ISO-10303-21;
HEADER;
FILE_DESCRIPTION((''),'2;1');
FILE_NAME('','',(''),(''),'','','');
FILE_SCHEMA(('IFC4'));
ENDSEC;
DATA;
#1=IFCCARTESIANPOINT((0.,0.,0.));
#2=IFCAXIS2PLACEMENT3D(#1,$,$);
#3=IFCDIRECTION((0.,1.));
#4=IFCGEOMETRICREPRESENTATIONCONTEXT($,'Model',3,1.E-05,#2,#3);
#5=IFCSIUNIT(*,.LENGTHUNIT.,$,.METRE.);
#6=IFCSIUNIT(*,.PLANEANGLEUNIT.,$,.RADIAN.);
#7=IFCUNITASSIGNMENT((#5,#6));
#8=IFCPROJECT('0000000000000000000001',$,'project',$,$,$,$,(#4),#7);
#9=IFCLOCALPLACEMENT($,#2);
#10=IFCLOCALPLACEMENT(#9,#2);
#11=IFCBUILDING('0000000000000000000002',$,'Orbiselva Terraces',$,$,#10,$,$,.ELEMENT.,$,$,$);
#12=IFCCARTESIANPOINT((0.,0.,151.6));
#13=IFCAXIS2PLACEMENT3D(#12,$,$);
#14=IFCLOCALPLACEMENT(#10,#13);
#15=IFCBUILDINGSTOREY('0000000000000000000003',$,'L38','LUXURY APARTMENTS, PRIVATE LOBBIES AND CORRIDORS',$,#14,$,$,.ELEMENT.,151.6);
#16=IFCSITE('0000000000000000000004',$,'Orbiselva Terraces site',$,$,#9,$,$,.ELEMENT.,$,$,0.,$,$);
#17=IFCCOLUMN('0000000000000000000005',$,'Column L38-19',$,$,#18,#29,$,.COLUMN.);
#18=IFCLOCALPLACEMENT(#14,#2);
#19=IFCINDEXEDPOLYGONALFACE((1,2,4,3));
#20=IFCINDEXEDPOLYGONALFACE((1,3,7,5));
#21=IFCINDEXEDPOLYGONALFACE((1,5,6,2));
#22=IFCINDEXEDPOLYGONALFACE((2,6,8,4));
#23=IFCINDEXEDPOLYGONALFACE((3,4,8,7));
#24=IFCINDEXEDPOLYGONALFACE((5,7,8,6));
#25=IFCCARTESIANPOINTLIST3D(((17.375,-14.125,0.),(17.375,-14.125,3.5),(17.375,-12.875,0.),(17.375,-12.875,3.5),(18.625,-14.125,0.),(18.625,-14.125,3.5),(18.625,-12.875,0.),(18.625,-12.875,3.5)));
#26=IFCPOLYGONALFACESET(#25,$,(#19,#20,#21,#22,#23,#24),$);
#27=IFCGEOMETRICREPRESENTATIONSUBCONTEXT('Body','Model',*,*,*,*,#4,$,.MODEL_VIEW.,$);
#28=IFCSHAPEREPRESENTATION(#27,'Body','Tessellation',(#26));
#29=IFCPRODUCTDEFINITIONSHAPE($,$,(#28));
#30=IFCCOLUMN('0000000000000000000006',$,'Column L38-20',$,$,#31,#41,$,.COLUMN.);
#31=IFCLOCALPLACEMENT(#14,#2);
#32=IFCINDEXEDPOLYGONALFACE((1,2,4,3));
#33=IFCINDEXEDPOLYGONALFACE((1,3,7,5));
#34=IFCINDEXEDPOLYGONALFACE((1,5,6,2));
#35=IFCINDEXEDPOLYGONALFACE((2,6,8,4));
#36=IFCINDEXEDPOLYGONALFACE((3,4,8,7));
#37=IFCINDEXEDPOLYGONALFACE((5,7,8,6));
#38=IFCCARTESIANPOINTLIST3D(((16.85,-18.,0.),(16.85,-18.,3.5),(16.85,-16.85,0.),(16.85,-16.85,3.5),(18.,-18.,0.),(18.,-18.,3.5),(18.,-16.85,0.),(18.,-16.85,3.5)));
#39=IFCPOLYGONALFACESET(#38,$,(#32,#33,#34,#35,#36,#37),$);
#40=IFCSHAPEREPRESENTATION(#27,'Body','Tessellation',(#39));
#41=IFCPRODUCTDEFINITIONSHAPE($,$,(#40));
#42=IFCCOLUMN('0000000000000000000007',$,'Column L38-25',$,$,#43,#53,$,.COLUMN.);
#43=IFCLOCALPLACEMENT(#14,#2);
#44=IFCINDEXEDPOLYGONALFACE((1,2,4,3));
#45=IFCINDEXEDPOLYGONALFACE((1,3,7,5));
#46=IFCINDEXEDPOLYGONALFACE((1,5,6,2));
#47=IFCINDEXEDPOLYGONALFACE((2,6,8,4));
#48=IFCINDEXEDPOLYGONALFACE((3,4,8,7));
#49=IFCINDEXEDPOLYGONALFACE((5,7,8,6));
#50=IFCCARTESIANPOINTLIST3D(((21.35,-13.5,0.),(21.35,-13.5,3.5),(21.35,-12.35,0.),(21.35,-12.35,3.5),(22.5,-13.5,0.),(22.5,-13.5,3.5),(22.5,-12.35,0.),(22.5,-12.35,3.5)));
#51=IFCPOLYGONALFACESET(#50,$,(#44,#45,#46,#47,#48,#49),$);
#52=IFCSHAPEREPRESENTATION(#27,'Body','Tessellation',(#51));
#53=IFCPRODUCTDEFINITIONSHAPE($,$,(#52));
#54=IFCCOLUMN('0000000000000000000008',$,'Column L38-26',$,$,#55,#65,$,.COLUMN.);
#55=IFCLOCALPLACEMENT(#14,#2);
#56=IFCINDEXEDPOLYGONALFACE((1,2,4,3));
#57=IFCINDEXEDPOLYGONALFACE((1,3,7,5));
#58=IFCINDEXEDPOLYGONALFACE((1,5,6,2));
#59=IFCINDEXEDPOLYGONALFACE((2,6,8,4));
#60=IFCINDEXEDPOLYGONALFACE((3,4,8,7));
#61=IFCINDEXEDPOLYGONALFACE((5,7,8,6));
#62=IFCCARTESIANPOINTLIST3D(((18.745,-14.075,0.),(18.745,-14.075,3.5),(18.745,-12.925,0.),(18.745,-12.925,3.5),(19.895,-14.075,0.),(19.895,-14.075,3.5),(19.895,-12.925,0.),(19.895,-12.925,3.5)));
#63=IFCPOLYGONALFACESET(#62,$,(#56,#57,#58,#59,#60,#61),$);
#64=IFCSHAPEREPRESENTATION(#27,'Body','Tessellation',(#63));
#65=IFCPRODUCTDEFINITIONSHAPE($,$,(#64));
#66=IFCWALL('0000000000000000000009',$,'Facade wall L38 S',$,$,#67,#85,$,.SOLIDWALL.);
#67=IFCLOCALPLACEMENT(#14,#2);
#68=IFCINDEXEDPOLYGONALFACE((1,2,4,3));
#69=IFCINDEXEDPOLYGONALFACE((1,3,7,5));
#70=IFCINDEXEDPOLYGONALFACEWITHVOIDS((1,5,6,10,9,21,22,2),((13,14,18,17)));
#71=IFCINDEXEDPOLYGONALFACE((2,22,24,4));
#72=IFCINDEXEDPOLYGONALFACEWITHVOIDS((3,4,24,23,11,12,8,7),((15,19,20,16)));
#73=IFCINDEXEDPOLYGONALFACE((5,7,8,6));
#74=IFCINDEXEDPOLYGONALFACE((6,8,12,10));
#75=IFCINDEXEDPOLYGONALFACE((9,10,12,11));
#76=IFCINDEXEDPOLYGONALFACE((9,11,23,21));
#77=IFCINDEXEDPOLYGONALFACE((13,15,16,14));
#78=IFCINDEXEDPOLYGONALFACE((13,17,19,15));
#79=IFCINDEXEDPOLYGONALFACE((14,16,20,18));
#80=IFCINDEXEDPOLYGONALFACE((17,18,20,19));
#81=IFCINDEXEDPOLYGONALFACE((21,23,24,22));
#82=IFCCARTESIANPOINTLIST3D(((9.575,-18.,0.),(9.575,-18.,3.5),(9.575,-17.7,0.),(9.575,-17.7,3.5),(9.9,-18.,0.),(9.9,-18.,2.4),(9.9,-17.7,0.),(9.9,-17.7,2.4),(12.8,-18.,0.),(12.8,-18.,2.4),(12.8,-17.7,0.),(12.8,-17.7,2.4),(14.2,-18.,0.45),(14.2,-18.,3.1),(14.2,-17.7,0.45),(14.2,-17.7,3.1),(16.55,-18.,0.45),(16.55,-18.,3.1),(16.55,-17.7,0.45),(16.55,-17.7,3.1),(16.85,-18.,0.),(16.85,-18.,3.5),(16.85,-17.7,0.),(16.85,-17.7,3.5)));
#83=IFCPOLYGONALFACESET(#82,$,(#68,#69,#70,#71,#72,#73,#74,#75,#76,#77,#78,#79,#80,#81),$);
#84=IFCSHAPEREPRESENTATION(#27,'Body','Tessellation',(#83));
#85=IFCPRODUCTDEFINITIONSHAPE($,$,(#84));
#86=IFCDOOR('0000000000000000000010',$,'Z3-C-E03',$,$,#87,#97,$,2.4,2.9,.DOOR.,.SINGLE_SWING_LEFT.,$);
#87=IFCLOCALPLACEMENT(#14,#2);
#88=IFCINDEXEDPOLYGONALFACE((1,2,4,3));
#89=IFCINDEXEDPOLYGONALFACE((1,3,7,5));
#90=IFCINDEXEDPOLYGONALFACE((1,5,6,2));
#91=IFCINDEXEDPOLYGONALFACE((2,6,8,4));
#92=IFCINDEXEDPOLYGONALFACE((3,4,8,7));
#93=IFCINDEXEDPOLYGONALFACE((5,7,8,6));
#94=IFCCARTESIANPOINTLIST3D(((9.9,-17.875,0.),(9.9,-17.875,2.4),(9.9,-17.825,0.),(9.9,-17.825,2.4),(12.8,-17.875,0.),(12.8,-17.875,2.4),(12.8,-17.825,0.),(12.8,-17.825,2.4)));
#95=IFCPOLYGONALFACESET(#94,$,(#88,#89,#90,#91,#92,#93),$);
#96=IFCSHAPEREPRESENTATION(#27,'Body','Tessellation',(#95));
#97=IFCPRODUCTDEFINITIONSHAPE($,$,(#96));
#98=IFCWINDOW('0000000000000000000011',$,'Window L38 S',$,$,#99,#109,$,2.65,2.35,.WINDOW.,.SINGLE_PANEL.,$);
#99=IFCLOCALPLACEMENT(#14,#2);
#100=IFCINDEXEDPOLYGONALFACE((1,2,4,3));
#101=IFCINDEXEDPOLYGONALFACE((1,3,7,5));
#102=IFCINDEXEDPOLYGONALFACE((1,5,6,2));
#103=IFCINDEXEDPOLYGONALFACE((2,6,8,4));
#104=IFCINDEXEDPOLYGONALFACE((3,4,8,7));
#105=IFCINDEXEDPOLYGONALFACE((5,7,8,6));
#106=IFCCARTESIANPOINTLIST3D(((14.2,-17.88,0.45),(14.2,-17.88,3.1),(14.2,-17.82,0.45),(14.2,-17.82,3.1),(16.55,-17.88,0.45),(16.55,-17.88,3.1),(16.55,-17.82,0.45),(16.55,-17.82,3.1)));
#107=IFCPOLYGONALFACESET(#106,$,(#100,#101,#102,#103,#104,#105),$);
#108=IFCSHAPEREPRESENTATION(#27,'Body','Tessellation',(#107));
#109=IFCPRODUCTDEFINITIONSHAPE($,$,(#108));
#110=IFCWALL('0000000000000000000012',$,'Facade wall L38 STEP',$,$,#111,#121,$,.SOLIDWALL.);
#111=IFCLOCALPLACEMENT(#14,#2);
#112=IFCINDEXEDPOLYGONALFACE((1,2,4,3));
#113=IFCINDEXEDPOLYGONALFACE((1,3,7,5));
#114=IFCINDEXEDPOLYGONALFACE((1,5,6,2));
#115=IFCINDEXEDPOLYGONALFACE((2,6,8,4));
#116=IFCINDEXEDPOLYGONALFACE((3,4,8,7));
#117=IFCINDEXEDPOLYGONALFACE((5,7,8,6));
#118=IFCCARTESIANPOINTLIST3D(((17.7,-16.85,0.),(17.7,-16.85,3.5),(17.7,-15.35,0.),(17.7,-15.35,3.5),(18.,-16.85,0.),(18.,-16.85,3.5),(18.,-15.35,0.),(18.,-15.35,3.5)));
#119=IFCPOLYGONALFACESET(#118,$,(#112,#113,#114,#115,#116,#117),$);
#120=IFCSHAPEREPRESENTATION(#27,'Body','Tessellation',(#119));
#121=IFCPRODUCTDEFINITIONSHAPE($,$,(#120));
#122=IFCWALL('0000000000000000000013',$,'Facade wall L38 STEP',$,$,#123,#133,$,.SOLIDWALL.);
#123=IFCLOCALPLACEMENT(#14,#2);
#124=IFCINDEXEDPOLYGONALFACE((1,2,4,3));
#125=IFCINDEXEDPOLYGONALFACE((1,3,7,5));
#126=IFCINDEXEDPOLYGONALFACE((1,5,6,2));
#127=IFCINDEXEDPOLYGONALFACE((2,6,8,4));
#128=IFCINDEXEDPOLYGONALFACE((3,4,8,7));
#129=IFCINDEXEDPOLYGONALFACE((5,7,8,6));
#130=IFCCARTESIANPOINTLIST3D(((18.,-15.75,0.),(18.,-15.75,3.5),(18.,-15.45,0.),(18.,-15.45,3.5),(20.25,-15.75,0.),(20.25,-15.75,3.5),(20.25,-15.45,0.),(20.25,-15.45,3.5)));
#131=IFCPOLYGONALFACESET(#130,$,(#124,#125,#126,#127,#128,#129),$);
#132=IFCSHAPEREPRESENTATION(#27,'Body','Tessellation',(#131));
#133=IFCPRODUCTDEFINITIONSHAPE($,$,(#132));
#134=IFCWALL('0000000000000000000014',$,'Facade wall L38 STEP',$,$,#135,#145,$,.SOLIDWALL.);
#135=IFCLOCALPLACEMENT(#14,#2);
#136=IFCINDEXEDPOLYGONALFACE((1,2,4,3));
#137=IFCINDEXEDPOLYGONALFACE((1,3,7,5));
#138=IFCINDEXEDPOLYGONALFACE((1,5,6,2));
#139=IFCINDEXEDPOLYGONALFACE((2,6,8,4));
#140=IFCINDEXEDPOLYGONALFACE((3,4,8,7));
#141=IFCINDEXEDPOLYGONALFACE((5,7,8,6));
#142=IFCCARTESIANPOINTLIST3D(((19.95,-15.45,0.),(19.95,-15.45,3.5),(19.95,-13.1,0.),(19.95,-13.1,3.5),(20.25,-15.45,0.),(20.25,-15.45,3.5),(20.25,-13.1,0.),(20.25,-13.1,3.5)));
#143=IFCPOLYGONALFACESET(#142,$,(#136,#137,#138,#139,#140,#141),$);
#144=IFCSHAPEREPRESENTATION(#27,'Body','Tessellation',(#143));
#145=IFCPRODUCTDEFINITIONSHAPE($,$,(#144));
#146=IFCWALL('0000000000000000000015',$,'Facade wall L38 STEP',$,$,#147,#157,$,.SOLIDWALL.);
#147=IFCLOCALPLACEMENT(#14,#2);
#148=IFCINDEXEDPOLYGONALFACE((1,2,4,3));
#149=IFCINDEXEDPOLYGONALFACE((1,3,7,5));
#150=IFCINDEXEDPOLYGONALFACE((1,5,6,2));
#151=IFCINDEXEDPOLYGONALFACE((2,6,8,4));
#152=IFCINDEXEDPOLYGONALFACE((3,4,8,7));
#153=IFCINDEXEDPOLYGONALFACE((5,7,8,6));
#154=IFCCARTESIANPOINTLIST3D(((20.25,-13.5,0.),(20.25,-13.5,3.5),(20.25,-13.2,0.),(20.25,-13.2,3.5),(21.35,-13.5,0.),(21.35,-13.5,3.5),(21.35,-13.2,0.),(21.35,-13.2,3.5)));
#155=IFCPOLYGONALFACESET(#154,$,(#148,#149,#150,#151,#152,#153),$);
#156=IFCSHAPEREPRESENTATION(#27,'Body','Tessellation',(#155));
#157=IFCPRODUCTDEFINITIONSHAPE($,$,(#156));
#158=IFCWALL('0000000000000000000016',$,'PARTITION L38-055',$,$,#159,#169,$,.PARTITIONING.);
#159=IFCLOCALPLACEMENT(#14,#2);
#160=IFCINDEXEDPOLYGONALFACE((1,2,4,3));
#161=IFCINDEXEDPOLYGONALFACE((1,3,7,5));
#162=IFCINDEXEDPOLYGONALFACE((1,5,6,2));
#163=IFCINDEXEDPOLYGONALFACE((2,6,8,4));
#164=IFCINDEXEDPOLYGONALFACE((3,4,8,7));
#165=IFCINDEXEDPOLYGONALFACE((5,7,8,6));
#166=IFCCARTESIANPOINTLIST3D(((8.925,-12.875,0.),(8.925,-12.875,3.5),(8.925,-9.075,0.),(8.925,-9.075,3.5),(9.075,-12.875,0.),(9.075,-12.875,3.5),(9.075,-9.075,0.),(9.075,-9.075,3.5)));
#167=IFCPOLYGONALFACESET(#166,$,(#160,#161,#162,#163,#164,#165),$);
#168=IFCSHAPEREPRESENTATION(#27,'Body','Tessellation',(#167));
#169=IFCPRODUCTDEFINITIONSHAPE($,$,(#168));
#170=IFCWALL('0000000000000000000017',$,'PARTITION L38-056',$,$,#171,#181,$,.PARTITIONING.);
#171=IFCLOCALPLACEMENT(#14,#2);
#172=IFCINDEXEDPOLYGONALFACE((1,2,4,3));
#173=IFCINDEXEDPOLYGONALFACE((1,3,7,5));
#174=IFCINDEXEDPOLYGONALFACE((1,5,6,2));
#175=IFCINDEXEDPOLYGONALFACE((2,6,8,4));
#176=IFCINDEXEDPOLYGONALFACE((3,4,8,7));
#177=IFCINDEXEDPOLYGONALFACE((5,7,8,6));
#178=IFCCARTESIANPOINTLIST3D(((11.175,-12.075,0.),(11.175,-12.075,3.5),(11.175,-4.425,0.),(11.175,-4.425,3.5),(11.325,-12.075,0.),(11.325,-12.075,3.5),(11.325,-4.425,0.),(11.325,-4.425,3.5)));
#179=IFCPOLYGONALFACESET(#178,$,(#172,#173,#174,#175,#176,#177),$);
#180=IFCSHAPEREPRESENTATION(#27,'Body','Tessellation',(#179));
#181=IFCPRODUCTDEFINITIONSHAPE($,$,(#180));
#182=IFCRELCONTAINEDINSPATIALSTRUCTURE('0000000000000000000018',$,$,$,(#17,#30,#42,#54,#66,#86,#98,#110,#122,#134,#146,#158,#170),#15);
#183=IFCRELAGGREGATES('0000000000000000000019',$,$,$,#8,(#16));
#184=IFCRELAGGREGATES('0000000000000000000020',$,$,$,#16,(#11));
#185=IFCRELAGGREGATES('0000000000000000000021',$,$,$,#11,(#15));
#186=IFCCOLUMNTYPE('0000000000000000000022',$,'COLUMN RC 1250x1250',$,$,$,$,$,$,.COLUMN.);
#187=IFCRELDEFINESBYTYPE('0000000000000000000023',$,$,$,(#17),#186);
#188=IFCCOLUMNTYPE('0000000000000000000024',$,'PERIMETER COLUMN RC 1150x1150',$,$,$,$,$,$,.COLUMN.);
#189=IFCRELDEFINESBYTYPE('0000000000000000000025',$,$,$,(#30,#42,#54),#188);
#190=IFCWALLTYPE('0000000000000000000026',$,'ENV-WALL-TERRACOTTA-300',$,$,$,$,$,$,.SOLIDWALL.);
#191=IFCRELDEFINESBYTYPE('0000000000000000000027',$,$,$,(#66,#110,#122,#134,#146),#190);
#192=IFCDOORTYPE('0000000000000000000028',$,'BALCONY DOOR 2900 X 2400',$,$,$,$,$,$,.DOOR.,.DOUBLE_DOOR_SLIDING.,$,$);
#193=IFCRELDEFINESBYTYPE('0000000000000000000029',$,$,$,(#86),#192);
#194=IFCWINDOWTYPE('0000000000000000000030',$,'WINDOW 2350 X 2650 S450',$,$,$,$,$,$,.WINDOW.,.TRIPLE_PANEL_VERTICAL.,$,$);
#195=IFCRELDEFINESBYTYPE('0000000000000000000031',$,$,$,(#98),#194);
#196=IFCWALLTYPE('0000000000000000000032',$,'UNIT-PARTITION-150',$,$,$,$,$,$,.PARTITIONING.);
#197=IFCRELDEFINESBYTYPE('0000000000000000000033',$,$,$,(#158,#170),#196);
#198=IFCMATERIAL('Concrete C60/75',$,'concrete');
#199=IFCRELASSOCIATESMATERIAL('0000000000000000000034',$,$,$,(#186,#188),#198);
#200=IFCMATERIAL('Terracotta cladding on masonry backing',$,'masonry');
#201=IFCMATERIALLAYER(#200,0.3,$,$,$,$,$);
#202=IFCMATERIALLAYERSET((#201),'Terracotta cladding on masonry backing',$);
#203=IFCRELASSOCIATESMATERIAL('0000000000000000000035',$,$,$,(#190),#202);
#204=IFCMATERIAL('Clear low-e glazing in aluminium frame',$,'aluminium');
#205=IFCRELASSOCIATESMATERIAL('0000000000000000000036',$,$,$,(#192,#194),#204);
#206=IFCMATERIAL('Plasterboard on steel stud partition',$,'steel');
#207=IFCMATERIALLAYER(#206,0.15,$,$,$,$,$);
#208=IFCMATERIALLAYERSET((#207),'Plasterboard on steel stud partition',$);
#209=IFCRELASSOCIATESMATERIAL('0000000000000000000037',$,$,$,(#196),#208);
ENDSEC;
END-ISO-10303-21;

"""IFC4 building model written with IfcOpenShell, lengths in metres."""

from ifc_helpers import new_model, si_unit, direction, frame, frame_2d, origin, origin_2d, place, context, subcontext, project, spatial, rectangle, extrude, material, layer, layer_set, material_profile, profile_set, type_object, element, fill, save


model = new_model("IFC4")

# Units and contexts
model_context = context("Model", 3, precision=1e-05, world=origin(), true_north=direction((0.0, 1.0)))
body_context = subcontext(model_context, "Body", "Model", "MODEL_VIEW")
ifc_project = project(units=[si_unit("LENGTHUNIT", "METRE"), si_unit("PLANEANGLEUNIT", "RADIAN")], contexts=[model_context])

# Site, building, storey
site_placement = place(None, origin())
site = spatial("IfcSite", under=ifc_project, at=site_placement, Name="Orbiselva Terraces site", CompositionType="ELEMENT", RefElevation=0.0)
building_placement = place(site_placement, origin())
building = spatial("IfcBuilding", under=site, at=building_placement, Name="Orbiselva Terraces", CompositionType="ELEMENT")
storey_placement = place(building_placement, frame((0.0, 0.0, 151.6)))
storey = spatial("IfcBuildingStorey", under=building, at=storey_placement, Name="L38", Description="LUXURY APARTMENTS, PRIVATE LOBBIES AND CORRIDORS", CompositionType="ELEMENT", Elevation=151.6)

# Columns
ifc_material_1 = material(Name="Concrete C60/75", Category="concrete")
ifc_material_profile_1 = material_profile(ifc_material_1, rectangle(XDim=1.25, YDim=1.25, at=origin_2d()), Name="RC 1250x1250")
ifc_profile_set_1 = profile_set([ifc_material_profile_1], Name="Concrete C60/75")
column_type_1 = type_object("IfcColumnType", Name="COLUMN RC 1250x1250", PredefinedType="COLUMN", material=ifc_profile_set_1)
column_placement = place(storey_placement, frame((18.0, -13.5, 0.0), z_axis=(0.0, 0.0, 1.0), x_axis=(1.0, 0.0, 0.0)))
element("IfcColumn", 1, at=column_placement, inside=storey, type_object=column_type_1, Name="Column L38-19", PredefinedType="COLUMN", context=body_context, shape_type="SweptSolid", body=[
    extrude(rectangle(XDim=1.25, YDim=1.25, at=origin_2d()), origin(), (0.0, 0.0, 1.0), 3.5),
])
ifc_material_profile_2 = material_profile(ifc_material_1, rectangle(XDim=1.15, YDim=1.15, at=origin_2d()), Name="RC 1150x1150")
ifc_profile_set_2 = profile_set([ifc_material_profile_2], Name="Concrete C60/75")
column_type_2 = type_object("IfcColumnType", Name="PERIMETER COLUMN RC 1150x1150", PredefinedType="COLUMN", material=ifc_profile_set_2)
for number, where, z_axis, x_axis, name in (
    (2, (17.425, -17.425, 0.0), (0.0, 0.0, 1.0), (1.0, 0.0, 0.0), "Column L38-20"),
    (3, (21.925, -12.925, 0.0), (0.0, 0.0, 1.0), (1.0, 0.0, 0.0), "Column L38-25"),
    (4, (19.32, -13.5, 0.0), (0.0, 0.0, 1.0), (1.0, 0.0, 0.0), "Column L38-26"),
):
    element("IfcColumn", number, at=place(storey_placement, frame(where, z_axis=z_axis, x_axis=x_axis)), inside=storey, type_object=column_type_2, Name=name, PredefinedType="COLUMN", context=body_context, shape_type="SweptSolid", body=[
        extrude(rectangle(XDim=1.15, YDim=1.15, at=origin_2d()), origin(), (0.0, 0.0, 1.0), 3.5),
    ])

# Wall, openings, door, window
ifc_material_2 = material(Name="Terracotta cladding on masonry backing", Category="masonry")
ifc_layer_1 = layer(ifc_material_2, 0.3)
ifc_layer_set_1 = layer_set([ifc_layer_1], Name="Terracotta cladding on masonry backing")
wall_type_1 = type_object("IfcWallType", Name="ENV-WALL-TERRACOTTA-300", PredefinedType="SOLIDWALL", material=ifc_layer_set_1)
wall_1_placement = place(storey_placement, frame((16.85, -17.85, 0.0), z_axis=(0.0, 0.0, 1.0), x_axis=(-1.0, 0.0, 0.0)))
wall_1 = element("IfcWall", 5, at=wall_1_placement, inside=storey, type_object=wall_type_1, Name="Facade wall L38 S", PredefinedType="SOLIDWALL", context=body_context, shape_type="SweptSolid", body=[
    extrude(rectangle(XDim=7.275, YDim=0.3, at=frame_2d((3.6375, 0.0))), origin(), (0.0, 0.0, 1.0), 3.5),
])
opening_1_placement = place(wall_1_placement, frame((4.05, 0.0, 0.0)))
opening_1 = element("IfcOpeningElement", 6, at=opening_1_placement, cuts=wall_1, PredefinedType="OPENING", context=body_context, shape_type="SweptSolid", body=[
    extrude(rectangle(XDim=2.9, YDim=2.4, at=frame_2d((1.45, 1.2))), frame((0.0, 0.16, 0.0), z_axis=(0.0, -1.0, 0.0), x_axis=(1.0, 0.0, 0.0)), (0.0, 0.0, 1.0), 0.32),
])
opening_2_placement = place(wall_1_placement, frame((0.3, 0.0, 0.45)))
opening_2 = element("IfcOpeningElement", 7, at=opening_2_placement, cuts=wall_1, PredefinedType="OPENING", context=body_context, shape_type="SweptSolid", body=[
    extrude(rectangle(XDim=2.35, YDim=2.65, at=frame_2d((1.175, 1.325))), frame((0.0, 0.16, 0.0), z_axis=(0.0, -1.0, 0.0), x_axis=(1.0, 0.0, 0.0)), (0.0, 0.0, 1.0), 0.32),
])
ifc_material_3 = material(Name="Clear low-e glazing in aluminium frame", Category="aluminium")
door_type_1 = type_object("IfcDoorType", Name="BALCONY DOOR 2900 X 2400", OperationType="DOUBLE_DOOR_SLIDING", PredefinedType="DOOR", material=ifc_material_3)
door_1_placement = place(opening_1_placement, origin())
door_1 = element("IfcDoor", 8, at=door_1_placement, inside=storey, type_object=door_type_1, Name="Z3-C-E03", OperationType="SINGLE_SWING_LEFT", OverallHeight=2.4, OverallWidth=2.9, PredefinedType="DOOR", context=body_context, shape_type="SweptSolid", body=[
    extrude(rectangle(XDim=2.9, YDim=2.4, at=frame_2d((1.45, 1.2))), frame((0.0, 0.025, 0.0), z_axis=(0.0, -1.0, 0.0), x_axis=(1.0, 0.0, 0.0)), (0.0, 0.0, 1.0), 0.05),
])
fill(opening_1, door_1)
window_type = type_object("IfcWindowType", Name="WINDOW 2350 X 2650 S450", PartitioningType="TRIPLE_PANEL_VERTICAL", PredefinedType="WINDOW", material=ifc_material_3)
window_placement = place(opening_2_placement, origin())
window = element("IfcWindow", 9, at=window_placement, inside=storey, type_object=window_type, Name="Window L38 S", OverallHeight=2.65, OverallWidth=2.35, PartitioningType="SINGLE_PANEL", PredefinedType="WINDOW", context=body_context, shape_type="SweptSolid", body=[
    extrude(rectangle(XDim=2.35, YDim=2.65, at=frame_2d((1.175, 1.325))), frame((0.0, 0.03, 0.0), z_axis=(0.0, -1.0, 0.0), x_axis=(1.0, 0.0, 0.0)), (0.0, 0.0, 1.0), 0.06),
])
fill(opening_2, window)

# Walls
wall_2_placement = place(storey_placement, frame((17.85, -15.35, 0.0), z_axis=(0.0, 0.0, 1.0), x_axis=(0.0, -1.0, 0.0)))
element("IfcWall", 10, at=wall_2_placement, inside=storey, type_object=wall_type_1, Name="Facade wall L38 STEP", PredefinedType="SOLIDWALL", context=body_context, shape_type="SweptSolid", body=[
    extrude(rectangle(XDim=1.5, YDim=0.3, at=frame_2d((0.75, 0.0))), origin(), (0.0, 0.0, 1.0), 3.5),
])
wall_3_placement = place(storey_placement, frame((20.25, -15.6, 0.0), z_axis=(0.0, 0.0, 1.0), x_axis=(-1.0, 0.0, 0.0)))
element("IfcWall", 11, at=wall_3_placement, inside=storey, type_object=wall_type_1, Name="Facade wall L38 STEP", PredefinedType="SOLIDWALL", context=body_context, shape_type="SweptSolid", body=[
    extrude(rectangle(XDim=2.25, YDim=0.3, at=frame_2d((1.125, 0.0))), origin(), (0.0, 0.0, 1.0), 3.5),
])
wall_4_placement = place(storey_placement, frame((20.1, -13.1, 0.0), z_axis=(0.0, 0.0, 1.0), x_axis=(0.0, -1.0, 0.0)))
element("IfcWall", 12, at=wall_4_placement, inside=storey, type_object=wall_type_1, Name="Facade wall L38 STEP", PredefinedType="SOLIDWALL", context=body_context, shape_type="SweptSolid", body=[
    extrude(rectangle(XDim=2.35, YDim=0.3, at=frame_2d((1.175, 0.0))), origin(), (0.0, 0.0, 1.0), 3.5),
])
wall_5_placement = place(storey_placement, frame((21.35, -13.35, 0.0), z_axis=(0.0, 0.0, 1.0), x_axis=(-1.0, 0.0, 0.0)))
element("IfcWall", 13, at=wall_5_placement, inside=storey, type_object=wall_type_1, Name="Facade wall L38 STEP", PredefinedType="SOLIDWALL", context=body_context, shape_type="SweptSolid", body=[
    extrude(rectangle(XDim=1.1, YDim=0.3, at=frame_2d((0.55, 0.0))), origin(), (0.0, 0.0, 1.0), 3.5),
])
ifc_material_4 = material(Name="Plasterboard on steel stud partition", Category="steel")
ifc_layer_2 = layer(ifc_material_4, 0.15)
ifc_layer_set_2 = layer_set([ifc_layer_2], Name="Plasterboard on steel stud partition")
wall_type_2 = type_object("IfcWallType", Name="UNIT-PARTITION-150", PredefinedType="PARTITIONING", material=ifc_layer_set_2)
wall_6_placement = place(storey_placement, frame((9.0, -12.875, 0.0), z_axis=(0.0, 0.0, 1.0), x_axis=(0.0, 1.0, 0.0)))
element("IfcWall", 14, at=wall_6_placement, inside=storey, type_object=wall_type_2, Name="PARTITION L38-055", PredefinedType="PARTITIONING", context=body_context, shape_type="SweptSolid", body=[
    extrude(rectangle(XDim=3.8, YDim=0.15, at=frame_2d((1.9, 0.0))), origin(), (0.0, 0.0, 1.0), 3.5),
])
wall_7_placement = place(storey_placement, frame((11.25, -12.075, 0.0), z_axis=(0.0, 0.0, 1.0), x_axis=(0.0, 1.0, 0.0)))
element("IfcWall", 15, at=wall_7_placement, inside=storey, type_object=wall_type_2, Name="PARTITION L38-056", PredefinedType="PARTITIONING", context=body_context, shape_type="SweptSolid", body=[
    extrude(rectangle(XDim=7.65, YDim=0.15, at=frame_2d((3.825, 0.0))), origin(), (0.0, 0.0, 1.0), 3.5),
])

save(model, "model.ifc")
